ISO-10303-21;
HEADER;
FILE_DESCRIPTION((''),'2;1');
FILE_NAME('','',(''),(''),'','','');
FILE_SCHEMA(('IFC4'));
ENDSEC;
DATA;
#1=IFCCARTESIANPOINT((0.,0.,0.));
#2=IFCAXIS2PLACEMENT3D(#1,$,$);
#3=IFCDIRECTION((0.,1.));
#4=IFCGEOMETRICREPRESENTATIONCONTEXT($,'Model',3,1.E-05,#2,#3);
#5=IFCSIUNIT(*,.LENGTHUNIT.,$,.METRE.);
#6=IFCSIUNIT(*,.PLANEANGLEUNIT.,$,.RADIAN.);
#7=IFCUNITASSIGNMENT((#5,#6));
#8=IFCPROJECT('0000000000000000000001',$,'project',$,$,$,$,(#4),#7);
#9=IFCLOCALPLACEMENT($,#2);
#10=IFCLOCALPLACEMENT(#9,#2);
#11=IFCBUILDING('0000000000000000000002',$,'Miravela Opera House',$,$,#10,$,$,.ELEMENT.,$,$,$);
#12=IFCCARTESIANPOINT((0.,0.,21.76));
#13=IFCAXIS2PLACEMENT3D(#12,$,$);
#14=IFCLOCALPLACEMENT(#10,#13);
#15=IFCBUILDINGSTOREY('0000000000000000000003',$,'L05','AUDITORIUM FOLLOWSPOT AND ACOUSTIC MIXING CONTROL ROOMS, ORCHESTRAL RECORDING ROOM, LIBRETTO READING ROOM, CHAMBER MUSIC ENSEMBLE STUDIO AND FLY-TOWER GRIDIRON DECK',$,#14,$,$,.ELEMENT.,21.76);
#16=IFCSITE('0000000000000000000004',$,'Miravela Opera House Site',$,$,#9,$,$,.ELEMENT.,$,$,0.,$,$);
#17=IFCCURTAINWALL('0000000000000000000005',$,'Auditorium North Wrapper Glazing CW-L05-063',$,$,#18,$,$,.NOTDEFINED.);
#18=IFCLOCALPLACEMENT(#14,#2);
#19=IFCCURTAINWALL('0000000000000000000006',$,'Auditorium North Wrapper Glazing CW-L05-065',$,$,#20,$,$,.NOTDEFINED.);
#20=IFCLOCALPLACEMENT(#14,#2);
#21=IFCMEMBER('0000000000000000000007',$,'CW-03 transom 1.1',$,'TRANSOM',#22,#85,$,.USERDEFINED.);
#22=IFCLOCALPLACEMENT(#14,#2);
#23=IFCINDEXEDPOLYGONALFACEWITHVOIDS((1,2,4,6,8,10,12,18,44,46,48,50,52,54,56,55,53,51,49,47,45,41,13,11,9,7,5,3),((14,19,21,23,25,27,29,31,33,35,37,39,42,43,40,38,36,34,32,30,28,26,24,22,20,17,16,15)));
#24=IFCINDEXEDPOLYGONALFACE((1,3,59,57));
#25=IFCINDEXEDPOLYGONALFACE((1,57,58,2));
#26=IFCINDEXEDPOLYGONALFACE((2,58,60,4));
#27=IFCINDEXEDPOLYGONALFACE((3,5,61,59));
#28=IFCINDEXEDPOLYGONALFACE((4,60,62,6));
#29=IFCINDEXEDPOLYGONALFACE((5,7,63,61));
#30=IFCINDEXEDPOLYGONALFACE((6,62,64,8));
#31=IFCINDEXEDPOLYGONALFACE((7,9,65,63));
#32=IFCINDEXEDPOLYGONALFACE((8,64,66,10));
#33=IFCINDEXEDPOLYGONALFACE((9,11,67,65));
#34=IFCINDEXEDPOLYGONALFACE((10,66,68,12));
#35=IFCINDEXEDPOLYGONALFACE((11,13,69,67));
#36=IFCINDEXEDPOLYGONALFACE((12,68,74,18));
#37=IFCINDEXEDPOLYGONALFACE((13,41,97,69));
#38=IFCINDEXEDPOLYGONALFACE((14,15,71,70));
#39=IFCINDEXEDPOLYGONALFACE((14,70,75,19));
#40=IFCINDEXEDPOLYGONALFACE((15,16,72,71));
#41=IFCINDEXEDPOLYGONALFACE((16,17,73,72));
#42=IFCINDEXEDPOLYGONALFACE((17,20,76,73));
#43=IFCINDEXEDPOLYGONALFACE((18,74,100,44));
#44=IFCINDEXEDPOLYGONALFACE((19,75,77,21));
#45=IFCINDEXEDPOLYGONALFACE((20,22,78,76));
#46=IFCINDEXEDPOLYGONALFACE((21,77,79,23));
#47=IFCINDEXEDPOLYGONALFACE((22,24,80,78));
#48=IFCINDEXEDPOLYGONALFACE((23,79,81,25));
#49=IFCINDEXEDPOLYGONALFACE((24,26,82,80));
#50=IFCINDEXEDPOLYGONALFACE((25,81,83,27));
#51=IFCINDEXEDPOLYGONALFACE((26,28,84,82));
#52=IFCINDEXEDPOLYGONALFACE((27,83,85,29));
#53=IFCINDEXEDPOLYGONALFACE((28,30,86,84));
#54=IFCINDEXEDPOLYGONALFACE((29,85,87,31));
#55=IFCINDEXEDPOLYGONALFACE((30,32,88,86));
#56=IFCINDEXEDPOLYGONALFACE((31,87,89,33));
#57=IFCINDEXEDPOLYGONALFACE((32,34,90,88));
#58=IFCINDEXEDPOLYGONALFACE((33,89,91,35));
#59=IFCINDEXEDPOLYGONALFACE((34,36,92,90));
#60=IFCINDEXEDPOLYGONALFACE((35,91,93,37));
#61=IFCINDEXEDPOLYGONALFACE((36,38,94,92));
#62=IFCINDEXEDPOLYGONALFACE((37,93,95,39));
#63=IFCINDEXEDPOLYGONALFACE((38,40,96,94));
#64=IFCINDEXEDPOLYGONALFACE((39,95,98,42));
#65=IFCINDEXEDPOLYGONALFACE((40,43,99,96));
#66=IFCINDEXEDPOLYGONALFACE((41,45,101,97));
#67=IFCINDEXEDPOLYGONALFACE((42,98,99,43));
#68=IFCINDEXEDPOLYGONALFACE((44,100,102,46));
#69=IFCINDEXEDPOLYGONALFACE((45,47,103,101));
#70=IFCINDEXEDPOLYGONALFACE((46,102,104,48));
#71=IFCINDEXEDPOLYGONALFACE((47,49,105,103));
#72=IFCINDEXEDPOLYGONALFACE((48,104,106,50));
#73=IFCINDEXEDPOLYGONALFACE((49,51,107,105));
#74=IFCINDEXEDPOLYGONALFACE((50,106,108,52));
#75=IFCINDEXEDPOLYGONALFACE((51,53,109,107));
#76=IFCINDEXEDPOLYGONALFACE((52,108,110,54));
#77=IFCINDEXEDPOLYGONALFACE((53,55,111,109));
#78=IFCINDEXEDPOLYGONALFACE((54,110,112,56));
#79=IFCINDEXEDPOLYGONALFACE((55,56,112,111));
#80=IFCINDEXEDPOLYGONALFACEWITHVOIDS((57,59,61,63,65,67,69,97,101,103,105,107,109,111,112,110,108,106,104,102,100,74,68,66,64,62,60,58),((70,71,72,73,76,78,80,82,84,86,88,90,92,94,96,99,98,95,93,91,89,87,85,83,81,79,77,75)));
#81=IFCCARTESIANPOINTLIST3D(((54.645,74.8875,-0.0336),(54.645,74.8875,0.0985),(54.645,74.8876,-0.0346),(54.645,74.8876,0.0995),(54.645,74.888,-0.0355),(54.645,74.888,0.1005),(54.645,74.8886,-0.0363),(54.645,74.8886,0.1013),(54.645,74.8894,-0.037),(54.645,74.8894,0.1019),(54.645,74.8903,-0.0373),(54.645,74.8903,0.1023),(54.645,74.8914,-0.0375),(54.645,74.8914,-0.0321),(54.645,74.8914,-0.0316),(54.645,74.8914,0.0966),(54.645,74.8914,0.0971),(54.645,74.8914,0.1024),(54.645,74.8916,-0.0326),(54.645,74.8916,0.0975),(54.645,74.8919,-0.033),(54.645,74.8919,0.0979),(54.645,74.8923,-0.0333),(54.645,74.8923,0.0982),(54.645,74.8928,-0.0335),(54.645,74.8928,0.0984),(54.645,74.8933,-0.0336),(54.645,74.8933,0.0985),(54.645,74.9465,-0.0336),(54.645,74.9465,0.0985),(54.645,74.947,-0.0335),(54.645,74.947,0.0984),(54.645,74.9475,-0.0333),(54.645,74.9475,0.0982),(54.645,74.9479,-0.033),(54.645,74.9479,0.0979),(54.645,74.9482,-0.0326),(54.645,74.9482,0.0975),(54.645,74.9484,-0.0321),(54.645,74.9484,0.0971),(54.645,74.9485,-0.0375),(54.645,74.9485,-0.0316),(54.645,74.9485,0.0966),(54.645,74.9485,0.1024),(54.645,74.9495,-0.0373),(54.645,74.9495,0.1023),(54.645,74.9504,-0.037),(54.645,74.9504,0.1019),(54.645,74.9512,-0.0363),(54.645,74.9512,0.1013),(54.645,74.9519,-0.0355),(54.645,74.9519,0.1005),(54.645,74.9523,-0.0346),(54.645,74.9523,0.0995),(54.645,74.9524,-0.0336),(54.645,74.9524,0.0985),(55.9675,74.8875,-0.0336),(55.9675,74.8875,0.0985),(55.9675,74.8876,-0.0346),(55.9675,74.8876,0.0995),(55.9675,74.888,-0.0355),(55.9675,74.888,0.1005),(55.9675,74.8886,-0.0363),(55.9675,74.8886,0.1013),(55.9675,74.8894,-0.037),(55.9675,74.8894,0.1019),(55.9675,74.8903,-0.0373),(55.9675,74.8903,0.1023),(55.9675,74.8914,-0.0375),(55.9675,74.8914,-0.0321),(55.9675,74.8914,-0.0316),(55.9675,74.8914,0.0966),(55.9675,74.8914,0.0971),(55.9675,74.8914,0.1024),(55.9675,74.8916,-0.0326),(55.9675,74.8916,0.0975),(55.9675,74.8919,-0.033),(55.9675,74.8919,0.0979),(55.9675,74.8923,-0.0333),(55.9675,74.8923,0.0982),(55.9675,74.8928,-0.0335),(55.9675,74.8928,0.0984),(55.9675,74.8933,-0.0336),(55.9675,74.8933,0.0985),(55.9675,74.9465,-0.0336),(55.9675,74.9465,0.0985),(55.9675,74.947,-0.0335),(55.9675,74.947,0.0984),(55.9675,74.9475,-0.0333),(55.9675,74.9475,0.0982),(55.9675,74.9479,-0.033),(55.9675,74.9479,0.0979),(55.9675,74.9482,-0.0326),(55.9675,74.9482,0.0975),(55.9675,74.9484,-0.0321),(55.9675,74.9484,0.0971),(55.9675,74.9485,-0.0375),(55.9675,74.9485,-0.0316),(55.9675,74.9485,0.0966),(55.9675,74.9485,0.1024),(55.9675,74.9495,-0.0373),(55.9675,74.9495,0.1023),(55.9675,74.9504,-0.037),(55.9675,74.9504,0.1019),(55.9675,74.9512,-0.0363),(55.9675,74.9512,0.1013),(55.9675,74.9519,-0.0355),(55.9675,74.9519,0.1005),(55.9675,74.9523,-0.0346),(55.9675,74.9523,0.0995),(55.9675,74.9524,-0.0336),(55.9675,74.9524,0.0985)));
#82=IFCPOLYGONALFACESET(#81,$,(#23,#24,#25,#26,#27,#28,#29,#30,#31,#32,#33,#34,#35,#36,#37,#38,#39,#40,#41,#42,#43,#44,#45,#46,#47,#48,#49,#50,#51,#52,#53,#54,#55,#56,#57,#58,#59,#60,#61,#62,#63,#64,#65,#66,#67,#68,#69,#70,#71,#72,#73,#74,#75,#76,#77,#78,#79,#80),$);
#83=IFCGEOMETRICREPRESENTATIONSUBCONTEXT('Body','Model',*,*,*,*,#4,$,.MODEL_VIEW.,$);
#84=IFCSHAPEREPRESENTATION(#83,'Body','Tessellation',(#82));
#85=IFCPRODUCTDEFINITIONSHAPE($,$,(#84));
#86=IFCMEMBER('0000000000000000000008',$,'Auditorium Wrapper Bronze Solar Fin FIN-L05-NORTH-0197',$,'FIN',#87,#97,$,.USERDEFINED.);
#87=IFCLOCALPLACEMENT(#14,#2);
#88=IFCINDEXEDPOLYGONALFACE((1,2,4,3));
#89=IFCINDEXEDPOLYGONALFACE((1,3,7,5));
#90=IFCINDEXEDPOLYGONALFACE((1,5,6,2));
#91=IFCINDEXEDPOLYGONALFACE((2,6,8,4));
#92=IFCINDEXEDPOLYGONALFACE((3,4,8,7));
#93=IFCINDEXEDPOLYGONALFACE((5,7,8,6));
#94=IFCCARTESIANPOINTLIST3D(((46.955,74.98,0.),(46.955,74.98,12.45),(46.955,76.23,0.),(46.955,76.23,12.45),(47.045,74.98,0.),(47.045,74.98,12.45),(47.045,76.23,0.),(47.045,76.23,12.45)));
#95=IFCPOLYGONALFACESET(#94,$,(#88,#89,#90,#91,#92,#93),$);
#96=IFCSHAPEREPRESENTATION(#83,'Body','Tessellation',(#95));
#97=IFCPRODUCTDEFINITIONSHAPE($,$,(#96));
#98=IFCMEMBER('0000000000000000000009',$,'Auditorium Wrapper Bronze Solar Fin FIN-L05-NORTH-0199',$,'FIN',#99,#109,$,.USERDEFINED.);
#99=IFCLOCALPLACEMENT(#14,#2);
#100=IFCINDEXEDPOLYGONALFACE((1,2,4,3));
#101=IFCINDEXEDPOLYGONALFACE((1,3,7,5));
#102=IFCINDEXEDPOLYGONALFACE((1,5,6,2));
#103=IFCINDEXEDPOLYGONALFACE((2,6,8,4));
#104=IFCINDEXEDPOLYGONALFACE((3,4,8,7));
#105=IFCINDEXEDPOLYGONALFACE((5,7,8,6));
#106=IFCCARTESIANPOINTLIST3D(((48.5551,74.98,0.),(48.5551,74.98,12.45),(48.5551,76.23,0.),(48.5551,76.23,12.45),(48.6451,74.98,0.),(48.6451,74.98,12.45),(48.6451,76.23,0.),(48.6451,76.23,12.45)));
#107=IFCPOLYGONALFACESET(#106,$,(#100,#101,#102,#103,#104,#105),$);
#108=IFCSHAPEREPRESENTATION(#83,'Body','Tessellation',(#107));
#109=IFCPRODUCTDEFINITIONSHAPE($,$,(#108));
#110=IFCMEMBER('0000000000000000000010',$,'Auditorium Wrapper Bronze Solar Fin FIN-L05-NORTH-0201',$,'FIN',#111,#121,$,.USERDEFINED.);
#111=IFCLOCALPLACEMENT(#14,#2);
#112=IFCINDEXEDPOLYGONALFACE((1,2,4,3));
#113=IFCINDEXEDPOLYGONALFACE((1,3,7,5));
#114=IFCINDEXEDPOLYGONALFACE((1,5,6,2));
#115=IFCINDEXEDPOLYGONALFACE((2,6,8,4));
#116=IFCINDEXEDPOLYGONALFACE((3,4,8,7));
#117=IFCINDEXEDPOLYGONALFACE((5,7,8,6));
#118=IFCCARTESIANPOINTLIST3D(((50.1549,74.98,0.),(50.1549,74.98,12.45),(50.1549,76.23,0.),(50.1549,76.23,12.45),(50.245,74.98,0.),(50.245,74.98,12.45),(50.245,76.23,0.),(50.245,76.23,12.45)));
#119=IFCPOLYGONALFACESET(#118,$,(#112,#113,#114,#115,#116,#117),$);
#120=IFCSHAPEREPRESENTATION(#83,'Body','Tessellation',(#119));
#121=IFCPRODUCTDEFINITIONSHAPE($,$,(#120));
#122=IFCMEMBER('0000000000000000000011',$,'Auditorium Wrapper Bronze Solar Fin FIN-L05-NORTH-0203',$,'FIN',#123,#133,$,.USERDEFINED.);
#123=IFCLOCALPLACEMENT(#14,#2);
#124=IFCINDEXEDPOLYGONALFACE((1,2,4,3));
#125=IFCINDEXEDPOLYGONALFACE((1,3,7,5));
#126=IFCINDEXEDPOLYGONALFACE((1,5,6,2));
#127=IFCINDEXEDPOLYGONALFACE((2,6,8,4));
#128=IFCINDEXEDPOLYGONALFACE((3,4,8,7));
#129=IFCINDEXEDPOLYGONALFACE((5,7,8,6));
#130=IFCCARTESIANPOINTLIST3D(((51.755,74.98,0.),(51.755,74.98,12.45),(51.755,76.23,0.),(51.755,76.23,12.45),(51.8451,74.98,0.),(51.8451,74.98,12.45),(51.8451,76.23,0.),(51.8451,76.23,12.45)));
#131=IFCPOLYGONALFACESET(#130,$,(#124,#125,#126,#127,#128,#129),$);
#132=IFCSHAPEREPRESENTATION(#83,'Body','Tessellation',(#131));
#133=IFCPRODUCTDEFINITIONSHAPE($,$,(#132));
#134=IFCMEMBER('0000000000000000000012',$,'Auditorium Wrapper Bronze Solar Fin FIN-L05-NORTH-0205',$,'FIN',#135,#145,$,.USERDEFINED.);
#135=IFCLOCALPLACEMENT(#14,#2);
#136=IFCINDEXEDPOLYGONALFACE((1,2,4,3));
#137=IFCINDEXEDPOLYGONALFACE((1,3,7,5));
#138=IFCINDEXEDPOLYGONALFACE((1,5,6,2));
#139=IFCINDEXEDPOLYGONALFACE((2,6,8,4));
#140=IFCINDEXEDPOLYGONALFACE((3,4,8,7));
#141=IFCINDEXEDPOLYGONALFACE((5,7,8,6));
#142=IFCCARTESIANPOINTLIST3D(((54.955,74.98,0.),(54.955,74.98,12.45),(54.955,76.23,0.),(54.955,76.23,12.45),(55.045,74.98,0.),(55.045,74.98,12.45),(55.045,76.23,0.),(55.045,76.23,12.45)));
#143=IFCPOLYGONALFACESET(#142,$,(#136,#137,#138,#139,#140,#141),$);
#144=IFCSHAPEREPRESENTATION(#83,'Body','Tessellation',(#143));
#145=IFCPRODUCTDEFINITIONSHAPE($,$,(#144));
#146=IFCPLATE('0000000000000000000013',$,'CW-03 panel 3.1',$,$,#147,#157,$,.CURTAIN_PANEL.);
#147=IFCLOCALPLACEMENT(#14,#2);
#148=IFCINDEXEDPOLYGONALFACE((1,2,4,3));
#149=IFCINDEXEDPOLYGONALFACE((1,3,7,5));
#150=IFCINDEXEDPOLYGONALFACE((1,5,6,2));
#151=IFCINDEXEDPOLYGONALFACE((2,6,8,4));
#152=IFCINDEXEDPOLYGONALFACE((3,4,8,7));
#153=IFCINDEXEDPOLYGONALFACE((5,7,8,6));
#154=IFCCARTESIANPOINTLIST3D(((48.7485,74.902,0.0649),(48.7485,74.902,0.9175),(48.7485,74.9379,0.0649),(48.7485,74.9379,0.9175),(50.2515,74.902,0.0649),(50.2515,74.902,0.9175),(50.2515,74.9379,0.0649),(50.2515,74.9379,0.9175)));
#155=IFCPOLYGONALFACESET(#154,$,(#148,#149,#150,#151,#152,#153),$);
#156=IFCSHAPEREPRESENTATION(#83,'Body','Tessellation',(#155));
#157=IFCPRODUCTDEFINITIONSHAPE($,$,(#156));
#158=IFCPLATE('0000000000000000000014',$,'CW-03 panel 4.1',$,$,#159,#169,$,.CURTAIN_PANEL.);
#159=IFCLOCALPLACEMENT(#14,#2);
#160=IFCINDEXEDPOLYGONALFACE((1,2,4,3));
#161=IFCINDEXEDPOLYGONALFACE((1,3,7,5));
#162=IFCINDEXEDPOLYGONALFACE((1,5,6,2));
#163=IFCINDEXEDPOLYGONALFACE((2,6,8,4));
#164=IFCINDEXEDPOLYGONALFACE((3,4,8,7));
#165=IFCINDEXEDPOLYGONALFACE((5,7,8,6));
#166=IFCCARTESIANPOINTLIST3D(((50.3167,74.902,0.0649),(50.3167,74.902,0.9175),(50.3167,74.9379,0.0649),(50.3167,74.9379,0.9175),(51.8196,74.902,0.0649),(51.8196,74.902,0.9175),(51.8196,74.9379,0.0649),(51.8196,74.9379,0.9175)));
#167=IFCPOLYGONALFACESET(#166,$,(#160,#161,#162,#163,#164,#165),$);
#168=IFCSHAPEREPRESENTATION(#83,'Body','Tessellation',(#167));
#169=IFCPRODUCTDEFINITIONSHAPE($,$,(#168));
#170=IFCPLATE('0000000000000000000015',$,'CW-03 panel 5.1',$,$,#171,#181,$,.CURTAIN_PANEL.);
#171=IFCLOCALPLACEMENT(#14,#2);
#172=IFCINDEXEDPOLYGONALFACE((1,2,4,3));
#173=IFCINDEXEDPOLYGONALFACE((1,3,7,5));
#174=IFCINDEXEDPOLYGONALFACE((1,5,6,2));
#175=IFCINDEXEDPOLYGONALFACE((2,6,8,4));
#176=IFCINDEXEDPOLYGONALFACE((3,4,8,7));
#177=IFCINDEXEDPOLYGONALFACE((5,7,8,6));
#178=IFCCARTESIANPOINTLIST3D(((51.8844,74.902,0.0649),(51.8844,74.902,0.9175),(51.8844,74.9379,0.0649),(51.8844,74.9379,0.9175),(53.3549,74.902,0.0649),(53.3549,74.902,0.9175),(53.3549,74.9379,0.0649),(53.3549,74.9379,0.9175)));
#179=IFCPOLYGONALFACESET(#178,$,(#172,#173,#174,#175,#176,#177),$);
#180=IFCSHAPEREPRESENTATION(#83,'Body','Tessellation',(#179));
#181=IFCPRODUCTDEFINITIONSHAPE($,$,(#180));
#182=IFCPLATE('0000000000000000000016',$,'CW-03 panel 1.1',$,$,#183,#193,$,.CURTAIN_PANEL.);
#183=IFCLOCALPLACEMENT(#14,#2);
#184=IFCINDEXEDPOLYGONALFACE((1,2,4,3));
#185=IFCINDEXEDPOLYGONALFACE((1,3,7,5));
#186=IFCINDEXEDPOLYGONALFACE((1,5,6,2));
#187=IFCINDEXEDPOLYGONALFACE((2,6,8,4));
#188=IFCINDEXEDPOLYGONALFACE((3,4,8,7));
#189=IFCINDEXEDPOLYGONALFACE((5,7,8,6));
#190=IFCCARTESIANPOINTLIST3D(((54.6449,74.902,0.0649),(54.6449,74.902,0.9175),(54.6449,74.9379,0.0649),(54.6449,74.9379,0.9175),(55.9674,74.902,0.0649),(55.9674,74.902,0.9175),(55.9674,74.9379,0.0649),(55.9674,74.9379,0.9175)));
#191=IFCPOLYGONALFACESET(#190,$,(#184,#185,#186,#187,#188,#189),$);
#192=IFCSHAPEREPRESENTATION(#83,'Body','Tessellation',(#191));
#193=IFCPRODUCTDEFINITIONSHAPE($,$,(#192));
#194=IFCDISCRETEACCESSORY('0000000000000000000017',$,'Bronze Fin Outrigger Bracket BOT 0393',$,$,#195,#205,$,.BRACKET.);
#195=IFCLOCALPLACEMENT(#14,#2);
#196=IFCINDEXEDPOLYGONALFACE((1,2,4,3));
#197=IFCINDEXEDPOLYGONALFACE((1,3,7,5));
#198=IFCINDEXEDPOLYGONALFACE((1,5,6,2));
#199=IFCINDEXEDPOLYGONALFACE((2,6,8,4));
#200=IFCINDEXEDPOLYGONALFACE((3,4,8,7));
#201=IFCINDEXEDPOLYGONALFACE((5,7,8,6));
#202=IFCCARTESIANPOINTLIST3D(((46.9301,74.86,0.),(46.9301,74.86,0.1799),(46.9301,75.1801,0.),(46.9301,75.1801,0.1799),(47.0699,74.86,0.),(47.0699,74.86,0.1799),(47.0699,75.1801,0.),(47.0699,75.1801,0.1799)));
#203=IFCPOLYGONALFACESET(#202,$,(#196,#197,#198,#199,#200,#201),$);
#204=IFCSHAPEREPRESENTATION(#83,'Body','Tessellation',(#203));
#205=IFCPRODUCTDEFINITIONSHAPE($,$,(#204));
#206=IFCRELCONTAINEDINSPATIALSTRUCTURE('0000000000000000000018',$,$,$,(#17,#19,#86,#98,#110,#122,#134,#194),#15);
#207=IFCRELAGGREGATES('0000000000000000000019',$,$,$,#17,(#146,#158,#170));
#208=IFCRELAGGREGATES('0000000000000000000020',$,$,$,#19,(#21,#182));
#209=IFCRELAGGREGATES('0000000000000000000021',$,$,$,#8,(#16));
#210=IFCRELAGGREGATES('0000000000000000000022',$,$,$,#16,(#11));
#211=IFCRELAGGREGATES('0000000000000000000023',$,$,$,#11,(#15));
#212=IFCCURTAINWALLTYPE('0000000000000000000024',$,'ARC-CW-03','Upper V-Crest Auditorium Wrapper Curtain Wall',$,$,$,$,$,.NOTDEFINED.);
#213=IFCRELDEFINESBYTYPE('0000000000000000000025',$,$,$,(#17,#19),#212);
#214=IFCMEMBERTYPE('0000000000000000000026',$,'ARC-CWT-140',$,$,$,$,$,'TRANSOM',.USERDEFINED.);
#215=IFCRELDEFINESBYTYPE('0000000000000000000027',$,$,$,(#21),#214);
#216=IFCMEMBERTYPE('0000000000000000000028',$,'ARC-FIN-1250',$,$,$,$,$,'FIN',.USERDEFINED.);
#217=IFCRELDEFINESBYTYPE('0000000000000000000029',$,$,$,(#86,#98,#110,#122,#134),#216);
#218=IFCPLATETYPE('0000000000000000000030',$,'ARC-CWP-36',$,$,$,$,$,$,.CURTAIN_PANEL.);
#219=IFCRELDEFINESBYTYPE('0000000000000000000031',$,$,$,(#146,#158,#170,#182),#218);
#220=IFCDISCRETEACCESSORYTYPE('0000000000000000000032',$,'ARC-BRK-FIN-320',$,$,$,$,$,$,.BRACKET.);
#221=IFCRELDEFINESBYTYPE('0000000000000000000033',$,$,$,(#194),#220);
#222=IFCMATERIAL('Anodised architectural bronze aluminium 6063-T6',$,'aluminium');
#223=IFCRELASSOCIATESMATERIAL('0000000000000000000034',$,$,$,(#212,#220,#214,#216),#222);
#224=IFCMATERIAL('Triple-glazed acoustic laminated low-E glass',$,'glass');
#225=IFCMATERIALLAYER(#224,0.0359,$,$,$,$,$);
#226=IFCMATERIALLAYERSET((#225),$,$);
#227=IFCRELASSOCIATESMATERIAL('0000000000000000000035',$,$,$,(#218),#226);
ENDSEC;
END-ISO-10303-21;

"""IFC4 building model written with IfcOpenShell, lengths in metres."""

from ifc_helpers import new_model, si_unit, direction, frame, origin, origin_2d, place, context, subcontext, project, spatial, rectangle, hollow_rectangle, extrude, material, layer, layer_set, material_profile, profile_set, type_object, element, aggregate, save


model = new_model("IFC4")

# Units and contexts
model_context = context("Model", 3, precision=1e-05, world=origin(), true_north=direction((0.0, 1.0)))
body_context = subcontext(model_context, "Body", "Model", "MODEL_VIEW")
ifc_project = project(units=[si_unit("LENGTHUNIT", "METRE"), si_unit("PLANEANGLEUNIT", "RADIAN")], contexts=[model_context])

# Site, building, storey
site_placement = place(None, origin())
site = spatial("IfcSite", under=ifc_project, at=site_placement, Name="Miravela Opera House Site", CompositionType="ELEMENT", RefElevation=0.0)
building_placement = place(site_placement, origin())
building = spatial("IfcBuilding", under=site, at=building_placement, Name="Miravela Opera House", CompositionType="ELEMENT")
storey_placement = place(building_placement, frame((0.0, 0.0, 21.76)))
storey = spatial("IfcBuildingStorey", under=building, at=storey_placement, Name="L05", Description="AUDITORIUM FOLLOWSPOT AND ACOUSTIC MIXING CONTROL ROOMS, ORCHESTRAL RECORDING ROOM, LIBRETTO READING ROOM, CHAMBER MUSIC ENSEMBLE STUDIO AND FLY-TOWER GRIDIRON DECK", CompositionType="ELEMENT", Elevation=21.76)

# Curtain wall
ifc_material_1 = material(Name="Anodised architectural bronze aluminium 6063-T6", Category="aluminium")
curtain_wall_type = type_object("IfcCurtainWallType", Name="ARC-CW-03", Description="Upper V-Crest Auditorium Wrapper Curtain Wall", PredefinedType="NOTDEFINED", material=ifc_material_1)
curtain_wall_1_placement = place(storey_placement, origin())
curtain_wall_1 = element("IfcCurtainWall", 1, at=curtain_wall_1_placement, inside=storey, type_object=curtain_wall_type, Name="Auditorium North Wrapper Glazing CW-L05-063", PredefinedType="NOTDEFINED")

# Curtain wall
curtain_wall_2_placement = place(storey_placement, origin())
curtain_wall_2 = element("IfcCurtainWall", 2, at=curtain_wall_2_placement, inside=storey, type_object=curtain_wall_type, Name="Auditorium North Wrapper Glazing CW-L05-065", PredefinedType="NOTDEFINED")

# Member
ifc_material_profile_1 = material_profile(ifc_material_1, hollow_rectangle(XDim=0.0649, YDim=0.1399, WallThickness=0.0039, InnerFilletRadius=0.002, OuterFilletRadius=0.0039, at=origin_2d()), Name="CWT-65X140")
ifc_profile_set_1 = profile_set([ifc_material_profile_1])
member_type_1 = type_object("IfcMemberType", Name="ARC-CWT-140", ElementType="TRANSOM", PredefinedType="USERDEFINED", material=ifc_profile_set_1)
member_1_placement = place(storey_placement, frame((54.645, 74.9199, 0.0325), z_axis=(1.0, 0.0, 0.0), x_axis=(0.0, 1.0, 0.0)))
member_1 = element("IfcMember", 3, at=member_1_placement, type_object=member_type_1, Name="CW-03 transom 1.1", ObjectType="TRANSOM", PredefinedType="USERDEFINED", context=body_context, shape_type="SweptSolid", body=[
    extrude(hollow_rectangle(XDim=0.0649, YDim=0.1399, WallThickness=0.0039, InnerFilletRadius=0.002, OuterFilletRadius=0.0039, at=origin_2d()), origin(), (0.0, 0.0, 1.0), 1.3225),
])

# Members
ifc_material_profile_2 = material_profile(ifc_material_1, rectangle(XDim=0.0901, YDim=1.25, at=origin_2d()), Name="FIN-1250X90")
ifc_profile_set_2 = profile_set([ifc_material_profile_2])
member_type_2 = type_object("IfcMemberType", Name="ARC-FIN-1250", ElementType="FIN", PredefinedType="USERDEFINED", material=ifc_profile_set_2)
for number, where, z_axis, x_axis, name in (
    (4, (47.0, 75.605, 0.0), (0.0, 0.0, 1.0), (1.0, 0.0, 0.0), "Auditorium Wrapper Bronze Solar Fin FIN-L05-NORTH-0197"),
    (5, (48.6001, 75.605, 0.0), (0.0, 0.0, 1.0), (1.0, 0.0, 0.0), "Auditorium Wrapper Bronze Solar Fin FIN-L05-NORTH-0199"),
    (6, (50.2, 75.605, 0.0), (0.0, 0.0, 1.0), (1.0, 0.0, 0.0), "Auditorium Wrapper Bronze Solar Fin FIN-L05-NORTH-0201"),
    (7, (51.8, 75.605, 0.0), (0.0, 0.0, 1.0), (1.0, 0.0, 0.0), "Auditorium Wrapper Bronze Solar Fin FIN-L05-NORTH-0203"),
    (8, (55.0, 75.605, 0.0), (0.0, 0.0, 1.0), (1.0, 0.0, 0.0), "Auditorium Wrapper Bronze Solar Fin FIN-L05-NORTH-0205"),
):
    element("IfcMember", number, at=place(storey_placement, frame(where, z_axis=z_axis, x_axis=x_axis)), inside=storey, type_object=member_type_2, Name=name, ObjectType="FIN", PredefinedType="USERDEFINED", context=body_context, shape_type="SweptSolid", body=[
        extrude(rectangle(XDim=0.0901, YDim=1.25, at=origin_2d()), origin(), (0.0, 0.0, 1.0), 12.45),
    ])

# Plates
ifc_material_2 = material(Name="Triple-glazed acoustic laminated low-E glass", Category="glass")
ifc_layer = layer(ifc_material_2, 0.0359)
ifc_layer_set = layer_set([ifc_layer])
plate_type = type_object("IfcPlateType", Name="ARC-CWP-36", PredefinedType="CURTAIN_PANEL", material=ifc_layer_set)
plate_1_placement = place(storey_placement, frame((49.5, 74.9199, 0.0649), z_axis=(0.0, 0.0, 1.0), x_axis=(1.0, 0.0, 0.0)))
plate_1 = element("IfcPlate", 9, at=plate_1_placement, type_object=plate_type, Name="CW-03 panel 3.1", PredefinedType="CURTAIN_PANEL", context=body_context, shape_type="SweptSolid", body=[
    extrude(rectangle(XDim=1.5029, YDim=0.0359, at=origin_2d()), origin(), (0.0, 0.0, 1.0), 0.8525),
])
plate_2_placement = place(storey_placement, frame((51.0681, 74.9199, 0.0649), z_axis=(0.0, 0.0, 1.0), x_axis=(1.0, 0.0, 0.0)))
plate_2 = element("IfcPlate", 10, at=plate_2_placement, type_object=plate_type, Name="CW-03 panel 4.1", PredefinedType="CURTAIN_PANEL", context=body_context, shape_type="SweptSolid", body=[
    extrude(rectangle(XDim=1.5029, YDim=0.0359, at=origin_2d()), origin(), (0.0, 0.0, 1.0), 0.8525),
])
plate_3_placement = place(storey_placement, frame((52.6196, 74.9199, 0.0649), z_axis=(0.0, 0.0, 1.0), x_axis=(1.0, 0.0, 0.0)))
plate_3 = element("IfcPlate", 11, at=plate_3_placement, type_object=plate_type, Name="CW-03 panel 5.1", PredefinedType="CURTAIN_PANEL", context=body_context, shape_type="SweptSolid", body=[
    extrude(rectangle(XDim=1.4705, YDim=0.0359, at=origin_2d()), origin(), (0.0, 0.0, 1.0), 0.8525),
])
aggregate(curtain_wall_1, [plate_1, plate_2, plate_3])
plate_4_placement = place(storey_placement, frame((55.3062, 74.9199, 0.0649), z_axis=(0.0, 0.0, 1.0), x_axis=(1.0, 0.0, 0.0)))
plate_4 = element("IfcPlate", 12, at=plate_4_placement, type_object=plate_type, Name="CW-03 panel 1.1", PredefinedType="CURTAIN_PANEL", context=body_context, shape_type="SweptSolid", body=[
    extrude(rectangle(XDim=1.3225, YDim=0.0359, at=origin_2d()), origin(), (0.0, 0.0, 1.0), 0.8525),
])
aggregate(curtain_wall_2, [member_1, plate_4])

# Discrete accessory
discrete_accessory_type = type_object("IfcDiscreteAccessoryType", Name="ARC-BRK-FIN-320", PredefinedType="BRACKET", material=ifc_material_1)
for number, where, z_axis, x_axis, name in (
    (13, (47.0, 75.02, 0.0), (0.0, 0.0, 1.0), (0.0, 1.0, 0.0), "Bronze Fin Outrigger Bracket BOT 0393"),
):
    element("IfcDiscreteAccessory", number, at=place(storey_placement, frame(where, z_axis=z_axis, x_axis=x_axis)), inside=storey, type_object=discrete_accessory_type, Name=name, PredefinedType="BRACKET", context=body_context, shape_type="SweptSolid", body=[
        extrude(rectangle(XDim=0.3201, YDim=0.1399, at=origin_2d()), origin(), (0.0, 0.0, 1.0), 0.1799),
    ])

save(model, "model.ifc")
